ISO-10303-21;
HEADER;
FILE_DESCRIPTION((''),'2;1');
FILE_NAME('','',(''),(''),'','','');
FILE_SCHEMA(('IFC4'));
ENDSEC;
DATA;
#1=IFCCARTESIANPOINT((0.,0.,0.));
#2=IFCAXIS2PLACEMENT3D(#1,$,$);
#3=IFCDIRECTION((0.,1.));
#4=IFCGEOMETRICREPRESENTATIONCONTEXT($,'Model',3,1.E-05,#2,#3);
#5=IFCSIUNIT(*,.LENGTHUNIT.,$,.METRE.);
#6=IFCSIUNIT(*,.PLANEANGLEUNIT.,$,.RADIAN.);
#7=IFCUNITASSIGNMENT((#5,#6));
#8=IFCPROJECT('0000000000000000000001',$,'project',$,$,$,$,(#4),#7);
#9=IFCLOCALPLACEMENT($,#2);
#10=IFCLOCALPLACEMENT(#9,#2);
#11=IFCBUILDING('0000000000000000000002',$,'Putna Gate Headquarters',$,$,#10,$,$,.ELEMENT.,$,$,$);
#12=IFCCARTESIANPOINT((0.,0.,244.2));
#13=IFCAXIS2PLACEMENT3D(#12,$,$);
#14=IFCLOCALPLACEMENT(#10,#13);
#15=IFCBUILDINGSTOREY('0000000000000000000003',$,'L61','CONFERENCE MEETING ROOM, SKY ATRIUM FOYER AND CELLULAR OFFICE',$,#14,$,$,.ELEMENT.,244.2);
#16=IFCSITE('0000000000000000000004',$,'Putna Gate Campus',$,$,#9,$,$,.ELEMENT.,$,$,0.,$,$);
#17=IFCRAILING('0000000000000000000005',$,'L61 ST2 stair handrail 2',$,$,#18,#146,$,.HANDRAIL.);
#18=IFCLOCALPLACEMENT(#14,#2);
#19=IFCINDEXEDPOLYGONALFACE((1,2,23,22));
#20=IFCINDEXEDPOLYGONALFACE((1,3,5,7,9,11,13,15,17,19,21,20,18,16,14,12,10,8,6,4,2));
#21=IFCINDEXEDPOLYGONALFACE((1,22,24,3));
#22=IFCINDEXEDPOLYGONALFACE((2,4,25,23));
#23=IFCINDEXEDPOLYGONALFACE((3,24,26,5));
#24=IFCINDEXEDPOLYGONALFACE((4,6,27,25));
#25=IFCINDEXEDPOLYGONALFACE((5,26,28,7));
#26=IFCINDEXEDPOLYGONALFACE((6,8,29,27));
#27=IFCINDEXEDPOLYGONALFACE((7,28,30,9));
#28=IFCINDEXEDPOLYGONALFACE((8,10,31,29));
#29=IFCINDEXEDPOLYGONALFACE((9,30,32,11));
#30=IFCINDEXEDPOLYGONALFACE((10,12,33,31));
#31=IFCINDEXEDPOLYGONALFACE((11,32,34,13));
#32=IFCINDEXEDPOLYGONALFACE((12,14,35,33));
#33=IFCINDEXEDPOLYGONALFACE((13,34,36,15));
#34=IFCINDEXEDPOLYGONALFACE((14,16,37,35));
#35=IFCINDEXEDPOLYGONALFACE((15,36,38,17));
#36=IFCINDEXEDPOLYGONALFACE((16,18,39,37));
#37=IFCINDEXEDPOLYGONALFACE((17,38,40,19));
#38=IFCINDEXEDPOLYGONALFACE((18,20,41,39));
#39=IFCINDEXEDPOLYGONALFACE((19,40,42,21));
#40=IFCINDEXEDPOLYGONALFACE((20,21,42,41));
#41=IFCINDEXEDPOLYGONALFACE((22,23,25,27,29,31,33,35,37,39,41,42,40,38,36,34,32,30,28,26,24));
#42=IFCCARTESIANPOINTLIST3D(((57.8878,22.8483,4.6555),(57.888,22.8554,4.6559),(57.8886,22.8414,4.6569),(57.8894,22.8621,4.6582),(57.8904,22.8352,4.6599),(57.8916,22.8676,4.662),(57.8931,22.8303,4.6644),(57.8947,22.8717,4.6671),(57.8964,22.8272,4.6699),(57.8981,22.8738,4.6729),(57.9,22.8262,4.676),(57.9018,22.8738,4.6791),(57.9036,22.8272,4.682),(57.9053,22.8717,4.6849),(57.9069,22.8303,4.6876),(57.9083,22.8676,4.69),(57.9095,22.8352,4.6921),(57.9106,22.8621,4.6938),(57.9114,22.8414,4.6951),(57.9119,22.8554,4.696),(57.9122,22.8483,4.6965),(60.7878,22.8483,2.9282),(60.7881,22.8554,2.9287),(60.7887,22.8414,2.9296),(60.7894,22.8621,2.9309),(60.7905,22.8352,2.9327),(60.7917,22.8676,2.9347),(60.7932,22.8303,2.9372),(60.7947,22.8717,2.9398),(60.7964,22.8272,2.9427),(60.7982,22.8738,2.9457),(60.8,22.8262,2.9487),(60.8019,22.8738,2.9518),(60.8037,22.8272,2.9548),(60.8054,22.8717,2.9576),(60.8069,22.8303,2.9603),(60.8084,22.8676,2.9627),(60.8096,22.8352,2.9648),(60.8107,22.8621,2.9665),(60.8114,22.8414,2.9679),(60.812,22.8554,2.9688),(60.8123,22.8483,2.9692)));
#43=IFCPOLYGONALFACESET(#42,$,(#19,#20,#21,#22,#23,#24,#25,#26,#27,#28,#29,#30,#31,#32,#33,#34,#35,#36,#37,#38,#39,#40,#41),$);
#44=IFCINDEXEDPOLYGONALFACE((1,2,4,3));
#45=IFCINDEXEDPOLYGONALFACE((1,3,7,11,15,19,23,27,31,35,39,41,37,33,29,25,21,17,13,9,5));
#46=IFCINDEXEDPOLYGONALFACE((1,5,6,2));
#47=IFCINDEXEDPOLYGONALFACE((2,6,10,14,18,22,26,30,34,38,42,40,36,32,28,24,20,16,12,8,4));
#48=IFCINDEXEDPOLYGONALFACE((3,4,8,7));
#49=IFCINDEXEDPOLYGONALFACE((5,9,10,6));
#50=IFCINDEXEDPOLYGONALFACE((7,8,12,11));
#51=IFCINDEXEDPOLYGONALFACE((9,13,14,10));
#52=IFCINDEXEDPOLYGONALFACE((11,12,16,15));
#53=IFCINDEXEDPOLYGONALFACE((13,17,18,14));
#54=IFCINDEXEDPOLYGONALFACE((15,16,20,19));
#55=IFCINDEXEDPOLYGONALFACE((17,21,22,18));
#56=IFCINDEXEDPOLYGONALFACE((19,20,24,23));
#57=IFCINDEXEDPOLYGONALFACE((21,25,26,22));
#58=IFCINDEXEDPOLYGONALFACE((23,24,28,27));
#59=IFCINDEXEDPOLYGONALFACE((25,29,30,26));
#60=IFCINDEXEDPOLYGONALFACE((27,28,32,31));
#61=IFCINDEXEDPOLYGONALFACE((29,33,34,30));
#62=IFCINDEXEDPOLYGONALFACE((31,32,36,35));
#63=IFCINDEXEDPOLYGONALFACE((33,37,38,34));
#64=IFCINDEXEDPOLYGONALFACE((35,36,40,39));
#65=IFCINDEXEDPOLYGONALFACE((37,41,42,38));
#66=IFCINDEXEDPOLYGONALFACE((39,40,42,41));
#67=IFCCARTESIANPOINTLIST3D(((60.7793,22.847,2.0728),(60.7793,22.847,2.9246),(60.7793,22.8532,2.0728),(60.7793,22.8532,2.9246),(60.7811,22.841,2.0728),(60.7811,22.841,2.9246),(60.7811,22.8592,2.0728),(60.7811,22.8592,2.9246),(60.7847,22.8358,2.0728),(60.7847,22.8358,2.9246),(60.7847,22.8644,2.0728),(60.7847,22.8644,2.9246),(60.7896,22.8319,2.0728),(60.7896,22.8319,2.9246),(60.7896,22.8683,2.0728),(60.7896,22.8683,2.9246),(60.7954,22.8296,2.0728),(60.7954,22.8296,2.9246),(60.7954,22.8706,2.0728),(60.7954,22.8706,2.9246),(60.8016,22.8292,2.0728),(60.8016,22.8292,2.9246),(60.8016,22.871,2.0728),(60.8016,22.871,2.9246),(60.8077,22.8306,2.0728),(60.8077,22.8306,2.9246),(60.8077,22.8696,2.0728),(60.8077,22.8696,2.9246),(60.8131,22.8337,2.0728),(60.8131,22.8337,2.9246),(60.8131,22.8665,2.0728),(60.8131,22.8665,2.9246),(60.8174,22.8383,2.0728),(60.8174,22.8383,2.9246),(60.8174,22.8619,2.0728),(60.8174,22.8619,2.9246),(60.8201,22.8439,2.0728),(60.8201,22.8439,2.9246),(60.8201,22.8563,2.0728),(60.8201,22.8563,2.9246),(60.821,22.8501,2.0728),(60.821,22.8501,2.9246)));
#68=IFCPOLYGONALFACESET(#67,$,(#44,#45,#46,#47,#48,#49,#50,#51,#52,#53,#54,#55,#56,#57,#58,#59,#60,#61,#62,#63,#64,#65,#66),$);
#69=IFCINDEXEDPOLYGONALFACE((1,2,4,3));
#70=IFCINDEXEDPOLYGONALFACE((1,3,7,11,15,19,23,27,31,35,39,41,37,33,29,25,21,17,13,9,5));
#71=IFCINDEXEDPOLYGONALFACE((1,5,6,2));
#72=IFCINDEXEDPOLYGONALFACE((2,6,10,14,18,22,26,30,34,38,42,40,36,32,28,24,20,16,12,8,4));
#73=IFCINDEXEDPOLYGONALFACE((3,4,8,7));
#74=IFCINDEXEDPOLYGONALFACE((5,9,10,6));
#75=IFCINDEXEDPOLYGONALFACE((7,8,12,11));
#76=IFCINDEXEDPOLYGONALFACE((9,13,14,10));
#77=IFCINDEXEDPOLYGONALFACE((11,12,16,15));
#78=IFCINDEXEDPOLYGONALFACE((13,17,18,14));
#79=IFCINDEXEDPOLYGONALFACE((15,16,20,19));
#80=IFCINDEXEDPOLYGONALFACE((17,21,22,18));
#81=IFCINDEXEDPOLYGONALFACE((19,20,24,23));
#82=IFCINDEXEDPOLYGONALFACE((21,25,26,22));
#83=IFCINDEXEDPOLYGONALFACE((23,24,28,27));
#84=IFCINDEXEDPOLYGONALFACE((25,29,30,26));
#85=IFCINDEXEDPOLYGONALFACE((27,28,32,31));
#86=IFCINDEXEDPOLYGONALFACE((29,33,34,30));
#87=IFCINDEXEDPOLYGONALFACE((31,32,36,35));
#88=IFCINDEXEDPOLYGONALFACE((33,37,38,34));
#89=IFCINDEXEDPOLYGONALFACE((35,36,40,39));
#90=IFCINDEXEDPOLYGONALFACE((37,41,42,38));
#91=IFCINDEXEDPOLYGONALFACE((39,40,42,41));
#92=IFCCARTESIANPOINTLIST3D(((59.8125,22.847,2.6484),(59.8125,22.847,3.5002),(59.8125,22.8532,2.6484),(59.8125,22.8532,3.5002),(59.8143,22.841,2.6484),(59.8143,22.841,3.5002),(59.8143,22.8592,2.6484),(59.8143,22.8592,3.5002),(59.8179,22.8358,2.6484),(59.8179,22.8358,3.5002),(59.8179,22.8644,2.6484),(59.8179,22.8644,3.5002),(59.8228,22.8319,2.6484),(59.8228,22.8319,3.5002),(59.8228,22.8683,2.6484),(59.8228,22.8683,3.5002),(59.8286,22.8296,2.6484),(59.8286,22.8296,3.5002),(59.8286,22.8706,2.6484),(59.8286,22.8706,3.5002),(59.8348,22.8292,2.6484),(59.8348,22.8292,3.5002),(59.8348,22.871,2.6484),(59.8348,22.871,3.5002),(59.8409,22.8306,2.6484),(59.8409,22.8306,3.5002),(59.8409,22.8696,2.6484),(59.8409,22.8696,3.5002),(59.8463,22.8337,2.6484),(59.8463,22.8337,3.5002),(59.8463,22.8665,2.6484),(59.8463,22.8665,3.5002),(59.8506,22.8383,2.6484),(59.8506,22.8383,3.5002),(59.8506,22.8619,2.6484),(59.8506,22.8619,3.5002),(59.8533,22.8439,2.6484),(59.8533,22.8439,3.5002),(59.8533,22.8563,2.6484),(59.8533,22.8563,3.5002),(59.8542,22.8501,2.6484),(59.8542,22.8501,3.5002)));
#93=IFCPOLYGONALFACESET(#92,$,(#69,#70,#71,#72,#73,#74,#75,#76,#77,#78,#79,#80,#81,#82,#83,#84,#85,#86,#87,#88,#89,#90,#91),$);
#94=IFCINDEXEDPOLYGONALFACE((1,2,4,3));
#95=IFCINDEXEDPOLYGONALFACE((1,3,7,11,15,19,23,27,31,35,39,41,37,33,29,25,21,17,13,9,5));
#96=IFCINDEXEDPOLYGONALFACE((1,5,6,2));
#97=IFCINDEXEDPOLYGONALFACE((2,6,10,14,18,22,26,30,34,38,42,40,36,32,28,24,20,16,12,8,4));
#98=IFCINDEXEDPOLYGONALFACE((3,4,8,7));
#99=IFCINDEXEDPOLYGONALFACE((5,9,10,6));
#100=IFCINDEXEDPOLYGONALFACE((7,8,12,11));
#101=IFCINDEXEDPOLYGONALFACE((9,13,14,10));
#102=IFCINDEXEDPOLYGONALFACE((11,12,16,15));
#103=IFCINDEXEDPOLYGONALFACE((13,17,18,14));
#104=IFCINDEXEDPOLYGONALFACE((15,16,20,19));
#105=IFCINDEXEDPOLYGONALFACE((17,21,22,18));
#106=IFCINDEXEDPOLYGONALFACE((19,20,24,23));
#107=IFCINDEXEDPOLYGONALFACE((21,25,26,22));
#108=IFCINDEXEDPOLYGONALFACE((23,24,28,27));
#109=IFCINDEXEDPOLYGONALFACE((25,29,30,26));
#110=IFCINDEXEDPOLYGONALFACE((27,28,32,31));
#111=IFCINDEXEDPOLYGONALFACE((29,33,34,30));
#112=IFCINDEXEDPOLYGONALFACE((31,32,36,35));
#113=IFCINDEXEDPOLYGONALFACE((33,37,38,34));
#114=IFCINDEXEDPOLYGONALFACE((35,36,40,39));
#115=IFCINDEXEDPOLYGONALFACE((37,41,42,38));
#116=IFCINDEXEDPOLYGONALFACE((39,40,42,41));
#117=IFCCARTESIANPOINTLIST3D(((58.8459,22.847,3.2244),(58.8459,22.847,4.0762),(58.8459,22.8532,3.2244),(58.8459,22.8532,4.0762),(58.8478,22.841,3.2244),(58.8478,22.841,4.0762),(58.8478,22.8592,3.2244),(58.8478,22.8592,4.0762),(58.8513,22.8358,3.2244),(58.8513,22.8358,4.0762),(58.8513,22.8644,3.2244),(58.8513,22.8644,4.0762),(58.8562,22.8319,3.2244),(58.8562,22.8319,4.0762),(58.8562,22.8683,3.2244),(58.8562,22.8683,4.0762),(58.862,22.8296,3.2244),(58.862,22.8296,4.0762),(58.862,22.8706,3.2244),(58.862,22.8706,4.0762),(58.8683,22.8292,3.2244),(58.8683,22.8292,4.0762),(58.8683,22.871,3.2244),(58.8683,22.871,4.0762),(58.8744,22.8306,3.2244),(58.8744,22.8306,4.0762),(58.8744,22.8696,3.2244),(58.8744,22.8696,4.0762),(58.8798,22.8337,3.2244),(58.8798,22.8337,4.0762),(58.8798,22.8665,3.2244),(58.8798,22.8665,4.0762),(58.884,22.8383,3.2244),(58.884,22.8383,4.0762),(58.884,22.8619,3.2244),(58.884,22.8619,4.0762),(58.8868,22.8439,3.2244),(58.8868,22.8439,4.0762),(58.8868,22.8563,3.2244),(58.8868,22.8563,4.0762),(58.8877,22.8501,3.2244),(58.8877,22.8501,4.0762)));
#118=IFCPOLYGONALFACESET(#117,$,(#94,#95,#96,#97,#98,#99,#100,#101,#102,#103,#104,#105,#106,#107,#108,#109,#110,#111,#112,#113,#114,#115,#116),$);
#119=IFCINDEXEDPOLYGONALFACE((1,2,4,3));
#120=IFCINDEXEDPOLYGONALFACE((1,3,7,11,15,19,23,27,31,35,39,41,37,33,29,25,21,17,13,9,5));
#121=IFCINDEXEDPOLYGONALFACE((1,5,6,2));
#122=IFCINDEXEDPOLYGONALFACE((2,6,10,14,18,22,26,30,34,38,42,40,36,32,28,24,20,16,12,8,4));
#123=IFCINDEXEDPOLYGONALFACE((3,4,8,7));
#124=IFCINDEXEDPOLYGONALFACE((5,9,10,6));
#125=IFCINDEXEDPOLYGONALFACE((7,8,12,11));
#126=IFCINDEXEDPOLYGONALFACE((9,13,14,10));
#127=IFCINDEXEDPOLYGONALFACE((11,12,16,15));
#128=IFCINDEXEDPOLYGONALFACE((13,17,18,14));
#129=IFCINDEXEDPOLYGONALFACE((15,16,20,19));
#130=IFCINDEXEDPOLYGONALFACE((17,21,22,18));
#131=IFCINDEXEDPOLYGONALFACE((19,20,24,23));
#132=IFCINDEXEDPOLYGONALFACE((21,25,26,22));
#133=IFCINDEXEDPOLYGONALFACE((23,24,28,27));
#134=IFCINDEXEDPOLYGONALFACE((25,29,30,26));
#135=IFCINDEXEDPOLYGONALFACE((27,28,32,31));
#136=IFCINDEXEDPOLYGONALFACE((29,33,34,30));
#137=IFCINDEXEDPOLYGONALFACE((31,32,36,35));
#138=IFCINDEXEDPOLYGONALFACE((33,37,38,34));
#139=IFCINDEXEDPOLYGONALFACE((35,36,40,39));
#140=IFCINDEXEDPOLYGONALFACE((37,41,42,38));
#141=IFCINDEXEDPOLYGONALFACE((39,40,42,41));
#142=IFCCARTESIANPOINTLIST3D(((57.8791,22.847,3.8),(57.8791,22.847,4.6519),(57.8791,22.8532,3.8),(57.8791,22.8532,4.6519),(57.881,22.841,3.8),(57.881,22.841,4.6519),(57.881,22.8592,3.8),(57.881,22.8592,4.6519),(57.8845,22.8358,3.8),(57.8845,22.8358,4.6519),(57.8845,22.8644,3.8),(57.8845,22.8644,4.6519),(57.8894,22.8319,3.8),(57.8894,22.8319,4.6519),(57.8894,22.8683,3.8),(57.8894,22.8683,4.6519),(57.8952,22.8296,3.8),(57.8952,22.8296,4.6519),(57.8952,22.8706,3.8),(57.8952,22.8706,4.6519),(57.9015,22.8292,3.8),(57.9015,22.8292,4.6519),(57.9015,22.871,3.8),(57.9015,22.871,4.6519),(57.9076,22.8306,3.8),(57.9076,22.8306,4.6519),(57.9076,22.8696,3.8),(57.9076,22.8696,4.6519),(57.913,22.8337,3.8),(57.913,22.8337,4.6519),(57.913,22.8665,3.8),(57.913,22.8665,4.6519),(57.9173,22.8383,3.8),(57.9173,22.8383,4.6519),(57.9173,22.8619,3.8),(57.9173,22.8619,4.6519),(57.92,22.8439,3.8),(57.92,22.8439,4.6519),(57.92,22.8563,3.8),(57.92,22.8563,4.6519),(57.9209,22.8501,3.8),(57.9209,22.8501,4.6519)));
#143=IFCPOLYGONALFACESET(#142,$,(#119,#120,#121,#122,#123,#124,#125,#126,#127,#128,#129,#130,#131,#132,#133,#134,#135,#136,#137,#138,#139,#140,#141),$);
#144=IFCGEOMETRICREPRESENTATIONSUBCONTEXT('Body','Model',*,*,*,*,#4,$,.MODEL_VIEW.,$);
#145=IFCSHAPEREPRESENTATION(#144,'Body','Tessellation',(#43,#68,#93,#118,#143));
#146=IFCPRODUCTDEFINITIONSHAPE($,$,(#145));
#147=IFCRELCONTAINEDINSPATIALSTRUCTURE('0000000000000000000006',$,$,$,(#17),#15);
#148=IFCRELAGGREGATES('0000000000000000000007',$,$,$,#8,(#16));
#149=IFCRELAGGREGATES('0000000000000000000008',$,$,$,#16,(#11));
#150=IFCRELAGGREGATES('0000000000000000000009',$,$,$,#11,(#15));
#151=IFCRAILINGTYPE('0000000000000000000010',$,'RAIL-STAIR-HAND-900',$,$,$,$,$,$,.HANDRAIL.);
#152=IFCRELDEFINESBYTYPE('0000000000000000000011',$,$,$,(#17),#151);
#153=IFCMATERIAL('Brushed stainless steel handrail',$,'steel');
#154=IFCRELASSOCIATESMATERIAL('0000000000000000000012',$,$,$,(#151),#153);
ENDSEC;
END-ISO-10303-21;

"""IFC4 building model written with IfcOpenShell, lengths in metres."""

from ifc_helpers import new_model, si_unit, direction, frame, origin, origin_2d, place, context, subcontext, project, spatial, circle, extrude, material, type_object, element, save


model = new_model("IFC4")

# Units and contexts
model_context = context("Model", 3, precision=1e-05, world=origin(), true_north=direction((0.0, 1.0)))
body_context = subcontext(model_context, "Body", "Model", "MODEL_VIEW")
ifc_project = project(units=[si_unit("LENGTHUNIT", "METRE"), si_unit("PLANEANGLEUNIT", "RADIAN")], contexts=[model_context])

# Site, building, storey
site_placement = place(None, origin())
site = spatial("IfcSite", under=ifc_project, at=site_placement, Name="Putna Gate Campus", CompositionType="ELEMENT", RefElevation=0.0)
building_placement = place(site_placement, origin())
building = spatial("IfcBuilding", under=site, at=building_placement, Name="Putna Gate Headquarters", CompositionType="ELEMENT")
storey_placement = place(building_placement, frame((0.0, 0.0, 244.2)))
storey = spatial("IfcBuildingStorey", under=building, at=storey_placement, Name="L61", Description="CONFERENCE MEETING ROOM, SKY ATRIUM FOYER AND CELLULAR OFFICE", CompositionType="ELEMENT", Elevation=244.2)

# Railing
ifc_material_1 = material(Name="Brushed stainless steel handrail", Category="steel")
railing_type_1 = type_object("IfcRailingType", Name="RAIL-STAIR-HAND-900", PredefinedType="HANDRAIL", material=ifc_material_1)
railing_1_placement = place(storey_placement, frame((60.8, 22.8501, 2.0728)))
element("IfcRailing", 1, at=railing_1_placement, inside=storey, type_object=railing_type_1, Name="L61 ST2 stair handrail 2", PredefinedType="HANDRAIL", context=body_context, shape_type="SweptSolid", body=[
    extrude(circle(Radius=0.0239, at=origin_2d()), frame((0.0, 0.0, 0.876), z_axis=(-0.85916, 0.0, 0.511706), x_axis=(0.0, -1.0, 0.0)), (0.0, 0.0, 1.0), 3.3755),
    extrude(circle(Radius=0.021, at=origin_2d()), origin(), (0.0, 0.0, 1.0), 0.8518),
    extrude(circle(Radius=0.021, at=origin_2d()), frame((-0.9668, 0.0, 0.5757)), (0.0, 0.0, 1.0), 0.8518),
    extrude(circle(Radius=0.021, at=origin_2d()), frame((-1.9333, 0.0, 1.1516)), (0.0, 0.0, 1.0), 0.8518),
    extrude(circle(Radius=0.021, at=origin_2d()), frame((-2.9001, 0.0, 1.7273)), (0.0, 0.0, 1.0), 0.8518),
])

save(model, "model.ifc")
